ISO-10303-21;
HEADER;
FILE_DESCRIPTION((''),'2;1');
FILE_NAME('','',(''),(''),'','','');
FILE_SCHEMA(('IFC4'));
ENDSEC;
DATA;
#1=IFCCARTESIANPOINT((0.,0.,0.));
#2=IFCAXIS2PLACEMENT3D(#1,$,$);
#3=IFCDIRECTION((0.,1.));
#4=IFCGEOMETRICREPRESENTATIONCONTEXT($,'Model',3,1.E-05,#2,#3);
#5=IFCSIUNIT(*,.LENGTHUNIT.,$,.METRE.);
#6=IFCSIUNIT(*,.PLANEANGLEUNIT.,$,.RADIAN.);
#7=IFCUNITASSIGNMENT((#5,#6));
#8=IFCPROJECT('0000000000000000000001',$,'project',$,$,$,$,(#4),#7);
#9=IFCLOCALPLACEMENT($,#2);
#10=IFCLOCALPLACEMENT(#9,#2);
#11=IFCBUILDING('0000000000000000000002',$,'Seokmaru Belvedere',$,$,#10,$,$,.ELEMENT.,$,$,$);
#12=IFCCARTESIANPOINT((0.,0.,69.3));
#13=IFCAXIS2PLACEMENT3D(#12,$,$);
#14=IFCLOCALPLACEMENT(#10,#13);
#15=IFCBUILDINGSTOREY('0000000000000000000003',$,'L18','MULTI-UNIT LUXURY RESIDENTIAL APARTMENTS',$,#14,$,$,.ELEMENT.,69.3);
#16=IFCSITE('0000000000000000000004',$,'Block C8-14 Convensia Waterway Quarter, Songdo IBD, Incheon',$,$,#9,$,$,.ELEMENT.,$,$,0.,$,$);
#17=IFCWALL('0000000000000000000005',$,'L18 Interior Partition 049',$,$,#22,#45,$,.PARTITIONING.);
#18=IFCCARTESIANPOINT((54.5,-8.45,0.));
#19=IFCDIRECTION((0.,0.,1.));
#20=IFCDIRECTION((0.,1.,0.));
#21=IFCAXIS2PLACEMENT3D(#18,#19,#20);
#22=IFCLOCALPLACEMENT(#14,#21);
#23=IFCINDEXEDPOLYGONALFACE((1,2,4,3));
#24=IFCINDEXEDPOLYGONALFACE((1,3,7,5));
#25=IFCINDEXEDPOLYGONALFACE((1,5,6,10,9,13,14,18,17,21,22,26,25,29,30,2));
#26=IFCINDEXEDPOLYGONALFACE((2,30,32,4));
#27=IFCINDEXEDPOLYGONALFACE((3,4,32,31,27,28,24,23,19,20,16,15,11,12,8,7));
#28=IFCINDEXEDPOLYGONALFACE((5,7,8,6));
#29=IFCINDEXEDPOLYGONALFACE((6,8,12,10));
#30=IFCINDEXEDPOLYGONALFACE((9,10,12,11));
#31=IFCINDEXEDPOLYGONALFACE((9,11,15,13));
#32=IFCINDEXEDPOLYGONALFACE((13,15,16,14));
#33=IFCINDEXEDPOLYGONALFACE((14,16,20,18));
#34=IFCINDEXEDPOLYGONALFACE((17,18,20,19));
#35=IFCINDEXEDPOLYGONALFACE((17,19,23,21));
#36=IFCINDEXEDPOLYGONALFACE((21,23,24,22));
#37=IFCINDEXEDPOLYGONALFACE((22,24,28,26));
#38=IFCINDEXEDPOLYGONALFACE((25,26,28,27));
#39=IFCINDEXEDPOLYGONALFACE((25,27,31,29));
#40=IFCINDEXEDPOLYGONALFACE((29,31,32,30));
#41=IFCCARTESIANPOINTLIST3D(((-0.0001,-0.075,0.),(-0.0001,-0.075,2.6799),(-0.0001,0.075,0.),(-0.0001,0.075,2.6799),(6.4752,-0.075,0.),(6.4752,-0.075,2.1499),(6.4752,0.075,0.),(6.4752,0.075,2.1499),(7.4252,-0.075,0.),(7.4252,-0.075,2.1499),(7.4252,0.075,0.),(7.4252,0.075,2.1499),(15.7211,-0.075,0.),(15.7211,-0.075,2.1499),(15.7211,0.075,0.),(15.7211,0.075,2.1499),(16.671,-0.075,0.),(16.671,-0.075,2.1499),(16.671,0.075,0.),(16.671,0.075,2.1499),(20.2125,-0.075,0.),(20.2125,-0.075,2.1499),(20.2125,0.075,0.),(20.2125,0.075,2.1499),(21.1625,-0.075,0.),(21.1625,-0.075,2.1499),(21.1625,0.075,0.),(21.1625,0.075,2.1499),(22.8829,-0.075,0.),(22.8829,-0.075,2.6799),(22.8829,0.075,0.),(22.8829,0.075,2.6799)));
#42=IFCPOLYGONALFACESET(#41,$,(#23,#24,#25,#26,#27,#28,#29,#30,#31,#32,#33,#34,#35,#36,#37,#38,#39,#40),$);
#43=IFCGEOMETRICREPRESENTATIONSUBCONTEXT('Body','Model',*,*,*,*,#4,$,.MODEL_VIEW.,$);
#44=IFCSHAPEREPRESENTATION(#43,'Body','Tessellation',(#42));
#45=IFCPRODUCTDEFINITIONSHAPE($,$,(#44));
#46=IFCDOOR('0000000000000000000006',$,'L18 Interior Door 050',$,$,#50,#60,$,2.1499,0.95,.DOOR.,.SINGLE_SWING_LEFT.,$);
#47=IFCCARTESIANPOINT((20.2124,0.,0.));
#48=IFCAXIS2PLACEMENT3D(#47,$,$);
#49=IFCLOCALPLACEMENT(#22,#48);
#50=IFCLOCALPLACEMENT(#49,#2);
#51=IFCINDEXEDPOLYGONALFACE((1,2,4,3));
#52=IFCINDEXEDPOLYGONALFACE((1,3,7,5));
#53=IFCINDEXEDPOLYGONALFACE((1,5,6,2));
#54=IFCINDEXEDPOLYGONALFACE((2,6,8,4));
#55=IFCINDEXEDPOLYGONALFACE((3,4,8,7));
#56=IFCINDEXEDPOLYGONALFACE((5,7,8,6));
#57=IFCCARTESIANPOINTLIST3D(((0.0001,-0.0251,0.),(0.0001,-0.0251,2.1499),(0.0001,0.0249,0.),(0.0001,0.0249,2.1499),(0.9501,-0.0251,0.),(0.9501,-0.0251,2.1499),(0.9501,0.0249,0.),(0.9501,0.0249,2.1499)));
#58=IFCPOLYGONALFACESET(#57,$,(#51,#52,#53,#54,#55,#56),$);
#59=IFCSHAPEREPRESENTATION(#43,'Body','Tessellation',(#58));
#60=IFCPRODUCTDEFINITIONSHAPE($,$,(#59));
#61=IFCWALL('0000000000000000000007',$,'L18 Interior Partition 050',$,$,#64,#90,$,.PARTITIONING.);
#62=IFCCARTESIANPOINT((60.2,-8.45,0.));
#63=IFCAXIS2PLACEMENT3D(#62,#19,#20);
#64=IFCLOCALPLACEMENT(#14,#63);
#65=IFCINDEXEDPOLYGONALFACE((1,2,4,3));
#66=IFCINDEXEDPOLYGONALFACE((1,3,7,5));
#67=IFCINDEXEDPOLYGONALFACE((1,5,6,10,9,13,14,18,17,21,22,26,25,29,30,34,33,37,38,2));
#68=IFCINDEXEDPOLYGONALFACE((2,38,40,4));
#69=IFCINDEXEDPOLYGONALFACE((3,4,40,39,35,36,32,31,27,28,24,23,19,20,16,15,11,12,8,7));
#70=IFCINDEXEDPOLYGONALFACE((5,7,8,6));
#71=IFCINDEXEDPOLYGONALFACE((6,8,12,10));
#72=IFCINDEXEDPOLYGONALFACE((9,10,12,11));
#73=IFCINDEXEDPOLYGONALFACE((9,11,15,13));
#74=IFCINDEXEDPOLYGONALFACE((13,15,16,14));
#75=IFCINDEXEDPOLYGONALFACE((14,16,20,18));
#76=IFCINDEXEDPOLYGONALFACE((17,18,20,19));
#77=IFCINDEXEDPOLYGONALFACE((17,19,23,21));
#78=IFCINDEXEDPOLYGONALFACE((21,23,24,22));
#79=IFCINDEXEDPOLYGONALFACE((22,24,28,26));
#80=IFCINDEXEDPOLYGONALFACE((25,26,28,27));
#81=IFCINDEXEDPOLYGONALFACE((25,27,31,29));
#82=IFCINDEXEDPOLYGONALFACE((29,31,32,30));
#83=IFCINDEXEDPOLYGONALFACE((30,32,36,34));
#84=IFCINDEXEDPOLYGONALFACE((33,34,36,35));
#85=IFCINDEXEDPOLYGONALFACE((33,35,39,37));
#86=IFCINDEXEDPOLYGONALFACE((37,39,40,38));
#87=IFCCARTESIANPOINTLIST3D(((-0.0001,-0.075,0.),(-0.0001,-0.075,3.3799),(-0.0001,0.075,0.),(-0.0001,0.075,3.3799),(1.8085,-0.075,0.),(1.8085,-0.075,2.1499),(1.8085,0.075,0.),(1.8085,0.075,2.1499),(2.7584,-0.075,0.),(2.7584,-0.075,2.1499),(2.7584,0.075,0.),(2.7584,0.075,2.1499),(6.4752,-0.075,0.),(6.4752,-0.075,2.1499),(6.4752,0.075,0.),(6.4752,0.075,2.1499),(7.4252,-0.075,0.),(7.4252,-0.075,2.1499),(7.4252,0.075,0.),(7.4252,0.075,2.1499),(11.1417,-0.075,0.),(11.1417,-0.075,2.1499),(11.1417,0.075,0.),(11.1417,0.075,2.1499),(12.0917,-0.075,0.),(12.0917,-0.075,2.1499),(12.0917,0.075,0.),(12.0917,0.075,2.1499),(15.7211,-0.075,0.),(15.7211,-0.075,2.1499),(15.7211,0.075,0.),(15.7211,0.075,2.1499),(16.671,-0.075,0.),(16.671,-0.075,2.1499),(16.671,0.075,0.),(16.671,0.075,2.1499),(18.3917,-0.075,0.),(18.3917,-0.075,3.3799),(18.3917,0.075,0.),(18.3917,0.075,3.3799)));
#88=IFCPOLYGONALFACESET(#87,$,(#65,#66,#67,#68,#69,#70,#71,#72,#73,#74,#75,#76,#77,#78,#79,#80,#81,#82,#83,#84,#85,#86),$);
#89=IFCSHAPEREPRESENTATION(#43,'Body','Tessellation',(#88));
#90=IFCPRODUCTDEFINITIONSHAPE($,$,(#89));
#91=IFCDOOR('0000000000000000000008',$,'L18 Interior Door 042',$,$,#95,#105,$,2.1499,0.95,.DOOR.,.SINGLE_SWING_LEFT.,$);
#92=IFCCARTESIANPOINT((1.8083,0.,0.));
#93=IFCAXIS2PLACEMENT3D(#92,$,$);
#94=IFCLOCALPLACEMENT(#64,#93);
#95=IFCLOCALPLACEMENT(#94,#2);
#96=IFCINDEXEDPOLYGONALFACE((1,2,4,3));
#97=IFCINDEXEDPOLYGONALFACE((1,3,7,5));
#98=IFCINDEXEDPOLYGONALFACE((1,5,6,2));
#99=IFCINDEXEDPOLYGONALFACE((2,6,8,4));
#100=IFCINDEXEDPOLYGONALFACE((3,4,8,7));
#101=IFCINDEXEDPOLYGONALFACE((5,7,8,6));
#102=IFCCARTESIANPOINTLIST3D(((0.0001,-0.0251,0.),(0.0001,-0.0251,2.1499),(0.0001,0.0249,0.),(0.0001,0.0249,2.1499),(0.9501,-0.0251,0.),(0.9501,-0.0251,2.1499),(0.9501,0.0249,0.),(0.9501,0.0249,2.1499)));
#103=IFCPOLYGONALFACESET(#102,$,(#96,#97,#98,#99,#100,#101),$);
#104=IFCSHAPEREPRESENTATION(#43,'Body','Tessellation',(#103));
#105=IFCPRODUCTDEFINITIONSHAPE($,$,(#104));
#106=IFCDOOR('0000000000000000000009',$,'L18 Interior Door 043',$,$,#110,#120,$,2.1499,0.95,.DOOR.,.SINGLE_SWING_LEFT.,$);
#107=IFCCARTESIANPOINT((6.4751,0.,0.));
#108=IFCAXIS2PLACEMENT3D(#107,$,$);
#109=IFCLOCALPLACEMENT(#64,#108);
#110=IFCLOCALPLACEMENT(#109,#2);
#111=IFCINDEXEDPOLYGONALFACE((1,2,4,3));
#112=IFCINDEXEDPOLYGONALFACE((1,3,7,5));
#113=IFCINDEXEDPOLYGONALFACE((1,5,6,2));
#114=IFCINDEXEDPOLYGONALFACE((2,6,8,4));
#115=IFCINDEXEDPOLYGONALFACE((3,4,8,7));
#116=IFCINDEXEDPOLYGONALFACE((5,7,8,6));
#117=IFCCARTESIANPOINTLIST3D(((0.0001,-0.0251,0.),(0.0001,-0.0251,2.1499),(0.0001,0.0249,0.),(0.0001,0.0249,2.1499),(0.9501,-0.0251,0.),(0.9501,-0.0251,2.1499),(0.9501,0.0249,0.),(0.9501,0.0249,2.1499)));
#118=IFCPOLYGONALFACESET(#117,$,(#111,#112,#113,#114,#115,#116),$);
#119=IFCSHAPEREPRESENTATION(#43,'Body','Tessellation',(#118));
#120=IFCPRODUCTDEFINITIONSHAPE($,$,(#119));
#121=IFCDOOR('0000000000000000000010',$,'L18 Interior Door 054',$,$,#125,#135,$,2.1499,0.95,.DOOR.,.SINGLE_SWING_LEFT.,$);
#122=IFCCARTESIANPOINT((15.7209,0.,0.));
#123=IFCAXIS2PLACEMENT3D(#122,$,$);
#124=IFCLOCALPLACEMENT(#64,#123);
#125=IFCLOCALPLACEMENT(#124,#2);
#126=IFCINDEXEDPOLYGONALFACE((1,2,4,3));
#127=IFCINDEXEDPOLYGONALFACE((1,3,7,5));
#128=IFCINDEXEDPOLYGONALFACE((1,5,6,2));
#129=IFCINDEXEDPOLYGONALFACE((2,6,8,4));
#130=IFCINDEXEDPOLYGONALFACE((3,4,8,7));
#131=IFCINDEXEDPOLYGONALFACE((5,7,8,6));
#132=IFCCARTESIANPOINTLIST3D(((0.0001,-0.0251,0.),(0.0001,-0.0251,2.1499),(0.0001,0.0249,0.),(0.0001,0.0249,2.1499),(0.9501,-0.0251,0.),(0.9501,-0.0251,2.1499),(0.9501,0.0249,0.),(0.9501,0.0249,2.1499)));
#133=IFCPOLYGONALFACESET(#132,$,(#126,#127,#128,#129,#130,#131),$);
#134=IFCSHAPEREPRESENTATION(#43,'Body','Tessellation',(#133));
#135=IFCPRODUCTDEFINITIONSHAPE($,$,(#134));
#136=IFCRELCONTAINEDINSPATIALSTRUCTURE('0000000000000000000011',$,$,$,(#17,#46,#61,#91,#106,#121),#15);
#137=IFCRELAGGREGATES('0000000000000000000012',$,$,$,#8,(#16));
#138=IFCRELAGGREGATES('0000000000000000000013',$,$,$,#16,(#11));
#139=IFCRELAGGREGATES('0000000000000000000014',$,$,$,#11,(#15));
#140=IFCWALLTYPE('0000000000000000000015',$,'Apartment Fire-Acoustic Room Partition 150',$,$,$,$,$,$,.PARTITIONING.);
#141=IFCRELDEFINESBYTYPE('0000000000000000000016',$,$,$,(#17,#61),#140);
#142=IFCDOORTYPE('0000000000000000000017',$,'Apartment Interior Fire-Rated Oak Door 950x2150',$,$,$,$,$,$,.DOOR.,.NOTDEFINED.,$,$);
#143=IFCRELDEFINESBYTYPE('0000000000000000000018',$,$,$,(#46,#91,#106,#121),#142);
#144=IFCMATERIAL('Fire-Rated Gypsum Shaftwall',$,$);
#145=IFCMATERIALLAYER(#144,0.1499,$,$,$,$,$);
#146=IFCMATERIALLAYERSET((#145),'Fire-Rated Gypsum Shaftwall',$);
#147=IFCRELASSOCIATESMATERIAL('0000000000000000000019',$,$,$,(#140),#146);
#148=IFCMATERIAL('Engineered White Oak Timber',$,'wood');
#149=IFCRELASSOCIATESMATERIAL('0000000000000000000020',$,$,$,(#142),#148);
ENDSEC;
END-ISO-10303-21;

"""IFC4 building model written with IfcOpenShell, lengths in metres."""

from ifc_helpers import new_model, si_unit, direction, frame, frame_2d, origin, place, context, subcontext, project, spatial, rectangle, extrude, source, transform, mapped, material, layer, layer_set, type_object, type_shapes, element, fill, save


model = new_model("IFC4")

# Units and contexts
model_context = context("Model", 3, precision=1e-05, world=origin(), true_north=direction((0.0, 1.0)))
body_context = subcontext(model_context, "Body", "Model", "MODEL_VIEW")
ifc_project = project(units=[si_unit("LENGTHUNIT", "METRE"), si_unit("PLANEANGLEUNIT", "RADIAN")], contexts=[model_context])

# Site, building, storey
site_placement = place(None, origin())
site = spatial("IfcSite", under=ifc_project, at=site_placement, Name="Block C8-14 Convensia Waterway Quarter, Songdo IBD, Incheon", CompositionType="ELEMENT", RefElevation=0.0)
building_placement = place(site_placement, origin())
building = spatial("IfcBuilding", under=site, at=building_placement, Name="Seokmaru Belvedere", CompositionType="ELEMENT")
storey_placement = place(building_placement, frame((0.0, 0.0, 69.3)))
storey = spatial("IfcBuildingStorey", under=building, at=storey_placement, Name="L18", Description="MULTI-UNIT LUXURY RESIDENTIAL APARTMENTS", CompositionType="ELEMENT", Elevation=69.3)

# Wall, openings, door
ifc_material_1 = material(Name="Fire-Rated Gypsum Shaftwall")
ifc_layer_1 = layer(ifc_material_1, 0.1499)
ifc_layer_set_1 = layer_set([ifc_layer_1], Name="Fire-Rated Gypsum Shaftwall")
wall_type = type_object("IfcWallType", Name="Apartment Fire-Acoustic Room Partition 150", PredefinedType="PARTITIONING", material=ifc_layer_set_1)
wall_1_placement = place(storey_placement, frame((54.5, -8.45, 0.0), z_axis=(0.0, 0.0, 1.0), x_axis=(0.0, 1.0, 0.0)))
wall_1 = element("IfcWall", 1, at=wall_1_placement, inside=storey, type_object=wall_type, Name="L18 Interior Partition 049", PredefinedType="PARTITIONING", context=body_context, shape_type="SweptSolid", body=[
    extrude(rectangle(XDim=22.8831, YDim=0.1499, at=frame_2d((11.4414, 0.0))), origin(), (0.0, 0.0, 1.0), 2.6799),
])
opening_1_placement = place(wall_1_placement, frame((6.4751, 0.0, 0.0)))
element("IfcOpeningElement", 2, at=opening_1_placement, cuts=wall_1, PredefinedType="OPENING", context=body_context, shape_type="SweptSolid", body=[
    extrude(rectangle(XDim=0.95, YDim=2.1499, at=frame_2d((0.4751, 1.075))), frame((0.0, 0.085, 0.0), z_axis=(0.0, -1.0, 0.0), x_axis=(1.0, 0.0, 0.0)), (0.0, 0.0, 1.0), 0.1699),
])
opening_2_placement = place(wall_1_placement, frame((20.2124, 0.0, 0.0)))
opening_2 = element("IfcOpeningElement", 3, at=opening_2_placement, cuts=wall_1, PredefinedType="OPENING", context=body_context, shape_type="SweptSolid", body=[
    extrude(rectangle(XDim=0.95, YDim=2.1499, at=frame_2d((0.4751, 1.075))), frame((0.0, 0.085, 0.0), z_axis=(0.0, -1.0, 0.0), x_axis=(1.0, 0.0, 0.0)), (0.0, 0.0, 1.0), 0.1699),
])
opening_3_placement = place(wall_1_placement, frame((15.7209, 0.0, 0.0)))
element("IfcOpeningElement", 4, at=opening_3_placement, cuts=wall_1, PredefinedType="OPENING", context=body_context, shape_type="SweptSolid", body=[
    extrude(rectangle(XDim=0.95, YDim=2.1499, at=frame_2d((0.4751, 1.075))), frame((0.0, 0.085, 0.0), z_axis=(0.0, -1.0, 0.0), x_axis=(1.0, 0.0, 0.0)), (0.0, 0.0, 1.0), 0.1699),
])
ifc_material_2 = material(Name="Engineered White Oak Timber", Category="wood")
door_type = type_object("IfcDoorType", Name="Apartment Interior Fire-Rated Oak Door 950x2150", OperationType="NOTDEFINED", PredefinedType="DOOR", material=ifc_material_2)
shared_shape_1 = source(origin(), body_context, "Body", "SweptSolid", [
    extrude(rectangle(XDim=0.95, YDim=2.1499, at=frame_2d((0.4751, 1.075))), frame((0.0, 0.0249, 0.0), z_axis=(0.0, -1.0, 0.0), x_axis=(1.0, 0.0, 0.0)), (0.0, 0.0, 1.0), 0.05),
])
type_shapes(door_type, [shared_shape_1])
door_1_placement = place(opening_2_placement, origin())
door_1 = element("IfcDoor", 5, at=door_1_placement, inside=storey, type_object=door_type, Name="L18 Interior Door 050", OperationType="SINGLE_SWING_LEFT", OverallHeight=2.1499, OverallWidth=0.95, PredefinedType="DOOR", context=body_context, shape_type="MappedRepresentation", body=[
    mapped(shared_shape_1, transform((0.0, 0.0, 0.0), scale=1.0)),
])
fill(opening_2, door_1)

# Wall, openings, doors
wall_2_placement = place(storey_placement, frame((60.2, -8.45, 0.0), z_axis=(0.0, 0.0, 1.0), x_axis=(0.0, 1.0, 0.0)))
wall_2 = element("IfcWall", 6, at=wall_2_placement, inside=storey, type_object=wall_type, Name="L18 Interior Partition 050", PredefinedType="PARTITIONING", context=body_context, shape_type="SweptSolid", body=[
    extrude(rectangle(XDim=18.3918, YDim=0.1499, at=frame_2d((9.1958, 0.0))), origin(), (0.0, 0.0, 1.0), 3.3799),
])
opening_4_placement = place(wall_2_placement, frame((1.8083, 0.0, 0.0)))
opening_4 = element("IfcOpeningElement", 7, at=opening_4_placement, cuts=wall_2, PredefinedType="OPENING", context=body_context, shape_type="SweptSolid", body=[
    extrude(rectangle(XDim=0.95, YDim=2.1499, at=frame_2d((0.4751, 1.075))), frame((0.0, 0.085, 0.0), z_axis=(0.0, -1.0, 0.0), x_axis=(1.0, 0.0, 0.0)), (0.0, 0.0, 1.0), 0.1699),
])
opening_5_placement = place(wall_2_placement, frame((6.4751, 0.0, 0.0)))
opening_5 = element("IfcOpeningElement", 8, at=opening_5_placement, cuts=wall_2, PredefinedType="OPENING", context=body_context, shape_type="SweptSolid", body=[
    extrude(rectangle(XDim=0.95, YDim=2.1499, at=frame_2d((0.4751, 1.075))), frame((0.0, 0.085, 0.0), z_axis=(0.0, -1.0, 0.0), x_axis=(1.0, 0.0, 0.0)), (0.0, 0.0, 1.0), 0.1699),
])
opening_6_placement = place(wall_2_placement, frame((11.1416, 0.0, 0.0)))
element("IfcOpeningElement", 9, at=opening_6_placement, cuts=wall_2, PredefinedType="OPENING", context=body_context, shape_type="SweptSolid", body=[
    extrude(rectangle(XDim=0.95, YDim=2.1499, at=frame_2d((0.4751, 1.075))), frame((0.0, 0.085, 0.0), z_axis=(0.0, -1.0, 0.0), x_axis=(1.0, 0.0, 0.0)), (0.0, 0.0, 1.0), 0.1699),
])
opening_7_placement = place(wall_2_placement, frame((15.7209, 0.0, 0.0)))
opening_7 = element("IfcOpeningElement", 10, at=opening_7_placement, cuts=wall_2, PredefinedType="OPENING", context=body_context, shape_type="SweptSolid", body=[
    extrude(rectangle(XDim=0.95, YDim=2.1499, at=frame_2d((0.4751, 1.075))), frame((0.0, 0.085, 0.0), z_axis=(0.0, -1.0, 0.0), x_axis=(1.0, 0.0, 0.0)), (0.0, 0.0, 1.0), 0.1699),
])
door_2_placement = place(opening_4_placement, origin())
door_2 = element("IfcDoor", 11, at=door_2_placement, inside=storey, type_object=door_type, Name="L18 Interior Door 042", OperationType="SINGLE_SWING_LEFT", OverallHeight=2.1499, OverallWidth=0.95, PredefinedType="DOOR", context=body_context, shape_type="MappedRepresentation", body=[
    mapped(shared_shape_1, transform((0.0, 0.0, 0.0), scale=1.0)),
])
fill(opening_4, door_2)
door_3_placement = place(opening_5_placement, origin())
door_3 = element("IfcDoor", 12, at=door_3_placement, inside=storey, type_object=door_type, Name="L18 Interior Door 043", OperationType="SINGLE_SWING_LEFT", OverallHeight=2.1499, OverallWidth=0.95, PredefinedType="DOOR", context=body_context, shape_type="MappedRepresentation", body=[
    mapped(shared_shape_1, transform((0.0, 0.0, 0.0), scale=1.0)),
])
fill(opening_5, door_3)
door_4_placement = place(opening_7_placement, origin())
door_4 = element("IfcDoor", 13, at=door_4_placement, inside=storey, type_object=door_type, Name="L18 Interior Door 054", OperationType="SINGLE_SWING_LEFT", OverallHeight=2.1499, OverallWidth=0.95, PredefinedType="DOOR", context=body_context, shape_type="MappedRepresentation", body=[
    mapped(shared_shape_1, transform((0.0, 0.0, 0.0), scale=1.0)),
])
fill(opening_7, door_4)

save(model, "model.ifc")
